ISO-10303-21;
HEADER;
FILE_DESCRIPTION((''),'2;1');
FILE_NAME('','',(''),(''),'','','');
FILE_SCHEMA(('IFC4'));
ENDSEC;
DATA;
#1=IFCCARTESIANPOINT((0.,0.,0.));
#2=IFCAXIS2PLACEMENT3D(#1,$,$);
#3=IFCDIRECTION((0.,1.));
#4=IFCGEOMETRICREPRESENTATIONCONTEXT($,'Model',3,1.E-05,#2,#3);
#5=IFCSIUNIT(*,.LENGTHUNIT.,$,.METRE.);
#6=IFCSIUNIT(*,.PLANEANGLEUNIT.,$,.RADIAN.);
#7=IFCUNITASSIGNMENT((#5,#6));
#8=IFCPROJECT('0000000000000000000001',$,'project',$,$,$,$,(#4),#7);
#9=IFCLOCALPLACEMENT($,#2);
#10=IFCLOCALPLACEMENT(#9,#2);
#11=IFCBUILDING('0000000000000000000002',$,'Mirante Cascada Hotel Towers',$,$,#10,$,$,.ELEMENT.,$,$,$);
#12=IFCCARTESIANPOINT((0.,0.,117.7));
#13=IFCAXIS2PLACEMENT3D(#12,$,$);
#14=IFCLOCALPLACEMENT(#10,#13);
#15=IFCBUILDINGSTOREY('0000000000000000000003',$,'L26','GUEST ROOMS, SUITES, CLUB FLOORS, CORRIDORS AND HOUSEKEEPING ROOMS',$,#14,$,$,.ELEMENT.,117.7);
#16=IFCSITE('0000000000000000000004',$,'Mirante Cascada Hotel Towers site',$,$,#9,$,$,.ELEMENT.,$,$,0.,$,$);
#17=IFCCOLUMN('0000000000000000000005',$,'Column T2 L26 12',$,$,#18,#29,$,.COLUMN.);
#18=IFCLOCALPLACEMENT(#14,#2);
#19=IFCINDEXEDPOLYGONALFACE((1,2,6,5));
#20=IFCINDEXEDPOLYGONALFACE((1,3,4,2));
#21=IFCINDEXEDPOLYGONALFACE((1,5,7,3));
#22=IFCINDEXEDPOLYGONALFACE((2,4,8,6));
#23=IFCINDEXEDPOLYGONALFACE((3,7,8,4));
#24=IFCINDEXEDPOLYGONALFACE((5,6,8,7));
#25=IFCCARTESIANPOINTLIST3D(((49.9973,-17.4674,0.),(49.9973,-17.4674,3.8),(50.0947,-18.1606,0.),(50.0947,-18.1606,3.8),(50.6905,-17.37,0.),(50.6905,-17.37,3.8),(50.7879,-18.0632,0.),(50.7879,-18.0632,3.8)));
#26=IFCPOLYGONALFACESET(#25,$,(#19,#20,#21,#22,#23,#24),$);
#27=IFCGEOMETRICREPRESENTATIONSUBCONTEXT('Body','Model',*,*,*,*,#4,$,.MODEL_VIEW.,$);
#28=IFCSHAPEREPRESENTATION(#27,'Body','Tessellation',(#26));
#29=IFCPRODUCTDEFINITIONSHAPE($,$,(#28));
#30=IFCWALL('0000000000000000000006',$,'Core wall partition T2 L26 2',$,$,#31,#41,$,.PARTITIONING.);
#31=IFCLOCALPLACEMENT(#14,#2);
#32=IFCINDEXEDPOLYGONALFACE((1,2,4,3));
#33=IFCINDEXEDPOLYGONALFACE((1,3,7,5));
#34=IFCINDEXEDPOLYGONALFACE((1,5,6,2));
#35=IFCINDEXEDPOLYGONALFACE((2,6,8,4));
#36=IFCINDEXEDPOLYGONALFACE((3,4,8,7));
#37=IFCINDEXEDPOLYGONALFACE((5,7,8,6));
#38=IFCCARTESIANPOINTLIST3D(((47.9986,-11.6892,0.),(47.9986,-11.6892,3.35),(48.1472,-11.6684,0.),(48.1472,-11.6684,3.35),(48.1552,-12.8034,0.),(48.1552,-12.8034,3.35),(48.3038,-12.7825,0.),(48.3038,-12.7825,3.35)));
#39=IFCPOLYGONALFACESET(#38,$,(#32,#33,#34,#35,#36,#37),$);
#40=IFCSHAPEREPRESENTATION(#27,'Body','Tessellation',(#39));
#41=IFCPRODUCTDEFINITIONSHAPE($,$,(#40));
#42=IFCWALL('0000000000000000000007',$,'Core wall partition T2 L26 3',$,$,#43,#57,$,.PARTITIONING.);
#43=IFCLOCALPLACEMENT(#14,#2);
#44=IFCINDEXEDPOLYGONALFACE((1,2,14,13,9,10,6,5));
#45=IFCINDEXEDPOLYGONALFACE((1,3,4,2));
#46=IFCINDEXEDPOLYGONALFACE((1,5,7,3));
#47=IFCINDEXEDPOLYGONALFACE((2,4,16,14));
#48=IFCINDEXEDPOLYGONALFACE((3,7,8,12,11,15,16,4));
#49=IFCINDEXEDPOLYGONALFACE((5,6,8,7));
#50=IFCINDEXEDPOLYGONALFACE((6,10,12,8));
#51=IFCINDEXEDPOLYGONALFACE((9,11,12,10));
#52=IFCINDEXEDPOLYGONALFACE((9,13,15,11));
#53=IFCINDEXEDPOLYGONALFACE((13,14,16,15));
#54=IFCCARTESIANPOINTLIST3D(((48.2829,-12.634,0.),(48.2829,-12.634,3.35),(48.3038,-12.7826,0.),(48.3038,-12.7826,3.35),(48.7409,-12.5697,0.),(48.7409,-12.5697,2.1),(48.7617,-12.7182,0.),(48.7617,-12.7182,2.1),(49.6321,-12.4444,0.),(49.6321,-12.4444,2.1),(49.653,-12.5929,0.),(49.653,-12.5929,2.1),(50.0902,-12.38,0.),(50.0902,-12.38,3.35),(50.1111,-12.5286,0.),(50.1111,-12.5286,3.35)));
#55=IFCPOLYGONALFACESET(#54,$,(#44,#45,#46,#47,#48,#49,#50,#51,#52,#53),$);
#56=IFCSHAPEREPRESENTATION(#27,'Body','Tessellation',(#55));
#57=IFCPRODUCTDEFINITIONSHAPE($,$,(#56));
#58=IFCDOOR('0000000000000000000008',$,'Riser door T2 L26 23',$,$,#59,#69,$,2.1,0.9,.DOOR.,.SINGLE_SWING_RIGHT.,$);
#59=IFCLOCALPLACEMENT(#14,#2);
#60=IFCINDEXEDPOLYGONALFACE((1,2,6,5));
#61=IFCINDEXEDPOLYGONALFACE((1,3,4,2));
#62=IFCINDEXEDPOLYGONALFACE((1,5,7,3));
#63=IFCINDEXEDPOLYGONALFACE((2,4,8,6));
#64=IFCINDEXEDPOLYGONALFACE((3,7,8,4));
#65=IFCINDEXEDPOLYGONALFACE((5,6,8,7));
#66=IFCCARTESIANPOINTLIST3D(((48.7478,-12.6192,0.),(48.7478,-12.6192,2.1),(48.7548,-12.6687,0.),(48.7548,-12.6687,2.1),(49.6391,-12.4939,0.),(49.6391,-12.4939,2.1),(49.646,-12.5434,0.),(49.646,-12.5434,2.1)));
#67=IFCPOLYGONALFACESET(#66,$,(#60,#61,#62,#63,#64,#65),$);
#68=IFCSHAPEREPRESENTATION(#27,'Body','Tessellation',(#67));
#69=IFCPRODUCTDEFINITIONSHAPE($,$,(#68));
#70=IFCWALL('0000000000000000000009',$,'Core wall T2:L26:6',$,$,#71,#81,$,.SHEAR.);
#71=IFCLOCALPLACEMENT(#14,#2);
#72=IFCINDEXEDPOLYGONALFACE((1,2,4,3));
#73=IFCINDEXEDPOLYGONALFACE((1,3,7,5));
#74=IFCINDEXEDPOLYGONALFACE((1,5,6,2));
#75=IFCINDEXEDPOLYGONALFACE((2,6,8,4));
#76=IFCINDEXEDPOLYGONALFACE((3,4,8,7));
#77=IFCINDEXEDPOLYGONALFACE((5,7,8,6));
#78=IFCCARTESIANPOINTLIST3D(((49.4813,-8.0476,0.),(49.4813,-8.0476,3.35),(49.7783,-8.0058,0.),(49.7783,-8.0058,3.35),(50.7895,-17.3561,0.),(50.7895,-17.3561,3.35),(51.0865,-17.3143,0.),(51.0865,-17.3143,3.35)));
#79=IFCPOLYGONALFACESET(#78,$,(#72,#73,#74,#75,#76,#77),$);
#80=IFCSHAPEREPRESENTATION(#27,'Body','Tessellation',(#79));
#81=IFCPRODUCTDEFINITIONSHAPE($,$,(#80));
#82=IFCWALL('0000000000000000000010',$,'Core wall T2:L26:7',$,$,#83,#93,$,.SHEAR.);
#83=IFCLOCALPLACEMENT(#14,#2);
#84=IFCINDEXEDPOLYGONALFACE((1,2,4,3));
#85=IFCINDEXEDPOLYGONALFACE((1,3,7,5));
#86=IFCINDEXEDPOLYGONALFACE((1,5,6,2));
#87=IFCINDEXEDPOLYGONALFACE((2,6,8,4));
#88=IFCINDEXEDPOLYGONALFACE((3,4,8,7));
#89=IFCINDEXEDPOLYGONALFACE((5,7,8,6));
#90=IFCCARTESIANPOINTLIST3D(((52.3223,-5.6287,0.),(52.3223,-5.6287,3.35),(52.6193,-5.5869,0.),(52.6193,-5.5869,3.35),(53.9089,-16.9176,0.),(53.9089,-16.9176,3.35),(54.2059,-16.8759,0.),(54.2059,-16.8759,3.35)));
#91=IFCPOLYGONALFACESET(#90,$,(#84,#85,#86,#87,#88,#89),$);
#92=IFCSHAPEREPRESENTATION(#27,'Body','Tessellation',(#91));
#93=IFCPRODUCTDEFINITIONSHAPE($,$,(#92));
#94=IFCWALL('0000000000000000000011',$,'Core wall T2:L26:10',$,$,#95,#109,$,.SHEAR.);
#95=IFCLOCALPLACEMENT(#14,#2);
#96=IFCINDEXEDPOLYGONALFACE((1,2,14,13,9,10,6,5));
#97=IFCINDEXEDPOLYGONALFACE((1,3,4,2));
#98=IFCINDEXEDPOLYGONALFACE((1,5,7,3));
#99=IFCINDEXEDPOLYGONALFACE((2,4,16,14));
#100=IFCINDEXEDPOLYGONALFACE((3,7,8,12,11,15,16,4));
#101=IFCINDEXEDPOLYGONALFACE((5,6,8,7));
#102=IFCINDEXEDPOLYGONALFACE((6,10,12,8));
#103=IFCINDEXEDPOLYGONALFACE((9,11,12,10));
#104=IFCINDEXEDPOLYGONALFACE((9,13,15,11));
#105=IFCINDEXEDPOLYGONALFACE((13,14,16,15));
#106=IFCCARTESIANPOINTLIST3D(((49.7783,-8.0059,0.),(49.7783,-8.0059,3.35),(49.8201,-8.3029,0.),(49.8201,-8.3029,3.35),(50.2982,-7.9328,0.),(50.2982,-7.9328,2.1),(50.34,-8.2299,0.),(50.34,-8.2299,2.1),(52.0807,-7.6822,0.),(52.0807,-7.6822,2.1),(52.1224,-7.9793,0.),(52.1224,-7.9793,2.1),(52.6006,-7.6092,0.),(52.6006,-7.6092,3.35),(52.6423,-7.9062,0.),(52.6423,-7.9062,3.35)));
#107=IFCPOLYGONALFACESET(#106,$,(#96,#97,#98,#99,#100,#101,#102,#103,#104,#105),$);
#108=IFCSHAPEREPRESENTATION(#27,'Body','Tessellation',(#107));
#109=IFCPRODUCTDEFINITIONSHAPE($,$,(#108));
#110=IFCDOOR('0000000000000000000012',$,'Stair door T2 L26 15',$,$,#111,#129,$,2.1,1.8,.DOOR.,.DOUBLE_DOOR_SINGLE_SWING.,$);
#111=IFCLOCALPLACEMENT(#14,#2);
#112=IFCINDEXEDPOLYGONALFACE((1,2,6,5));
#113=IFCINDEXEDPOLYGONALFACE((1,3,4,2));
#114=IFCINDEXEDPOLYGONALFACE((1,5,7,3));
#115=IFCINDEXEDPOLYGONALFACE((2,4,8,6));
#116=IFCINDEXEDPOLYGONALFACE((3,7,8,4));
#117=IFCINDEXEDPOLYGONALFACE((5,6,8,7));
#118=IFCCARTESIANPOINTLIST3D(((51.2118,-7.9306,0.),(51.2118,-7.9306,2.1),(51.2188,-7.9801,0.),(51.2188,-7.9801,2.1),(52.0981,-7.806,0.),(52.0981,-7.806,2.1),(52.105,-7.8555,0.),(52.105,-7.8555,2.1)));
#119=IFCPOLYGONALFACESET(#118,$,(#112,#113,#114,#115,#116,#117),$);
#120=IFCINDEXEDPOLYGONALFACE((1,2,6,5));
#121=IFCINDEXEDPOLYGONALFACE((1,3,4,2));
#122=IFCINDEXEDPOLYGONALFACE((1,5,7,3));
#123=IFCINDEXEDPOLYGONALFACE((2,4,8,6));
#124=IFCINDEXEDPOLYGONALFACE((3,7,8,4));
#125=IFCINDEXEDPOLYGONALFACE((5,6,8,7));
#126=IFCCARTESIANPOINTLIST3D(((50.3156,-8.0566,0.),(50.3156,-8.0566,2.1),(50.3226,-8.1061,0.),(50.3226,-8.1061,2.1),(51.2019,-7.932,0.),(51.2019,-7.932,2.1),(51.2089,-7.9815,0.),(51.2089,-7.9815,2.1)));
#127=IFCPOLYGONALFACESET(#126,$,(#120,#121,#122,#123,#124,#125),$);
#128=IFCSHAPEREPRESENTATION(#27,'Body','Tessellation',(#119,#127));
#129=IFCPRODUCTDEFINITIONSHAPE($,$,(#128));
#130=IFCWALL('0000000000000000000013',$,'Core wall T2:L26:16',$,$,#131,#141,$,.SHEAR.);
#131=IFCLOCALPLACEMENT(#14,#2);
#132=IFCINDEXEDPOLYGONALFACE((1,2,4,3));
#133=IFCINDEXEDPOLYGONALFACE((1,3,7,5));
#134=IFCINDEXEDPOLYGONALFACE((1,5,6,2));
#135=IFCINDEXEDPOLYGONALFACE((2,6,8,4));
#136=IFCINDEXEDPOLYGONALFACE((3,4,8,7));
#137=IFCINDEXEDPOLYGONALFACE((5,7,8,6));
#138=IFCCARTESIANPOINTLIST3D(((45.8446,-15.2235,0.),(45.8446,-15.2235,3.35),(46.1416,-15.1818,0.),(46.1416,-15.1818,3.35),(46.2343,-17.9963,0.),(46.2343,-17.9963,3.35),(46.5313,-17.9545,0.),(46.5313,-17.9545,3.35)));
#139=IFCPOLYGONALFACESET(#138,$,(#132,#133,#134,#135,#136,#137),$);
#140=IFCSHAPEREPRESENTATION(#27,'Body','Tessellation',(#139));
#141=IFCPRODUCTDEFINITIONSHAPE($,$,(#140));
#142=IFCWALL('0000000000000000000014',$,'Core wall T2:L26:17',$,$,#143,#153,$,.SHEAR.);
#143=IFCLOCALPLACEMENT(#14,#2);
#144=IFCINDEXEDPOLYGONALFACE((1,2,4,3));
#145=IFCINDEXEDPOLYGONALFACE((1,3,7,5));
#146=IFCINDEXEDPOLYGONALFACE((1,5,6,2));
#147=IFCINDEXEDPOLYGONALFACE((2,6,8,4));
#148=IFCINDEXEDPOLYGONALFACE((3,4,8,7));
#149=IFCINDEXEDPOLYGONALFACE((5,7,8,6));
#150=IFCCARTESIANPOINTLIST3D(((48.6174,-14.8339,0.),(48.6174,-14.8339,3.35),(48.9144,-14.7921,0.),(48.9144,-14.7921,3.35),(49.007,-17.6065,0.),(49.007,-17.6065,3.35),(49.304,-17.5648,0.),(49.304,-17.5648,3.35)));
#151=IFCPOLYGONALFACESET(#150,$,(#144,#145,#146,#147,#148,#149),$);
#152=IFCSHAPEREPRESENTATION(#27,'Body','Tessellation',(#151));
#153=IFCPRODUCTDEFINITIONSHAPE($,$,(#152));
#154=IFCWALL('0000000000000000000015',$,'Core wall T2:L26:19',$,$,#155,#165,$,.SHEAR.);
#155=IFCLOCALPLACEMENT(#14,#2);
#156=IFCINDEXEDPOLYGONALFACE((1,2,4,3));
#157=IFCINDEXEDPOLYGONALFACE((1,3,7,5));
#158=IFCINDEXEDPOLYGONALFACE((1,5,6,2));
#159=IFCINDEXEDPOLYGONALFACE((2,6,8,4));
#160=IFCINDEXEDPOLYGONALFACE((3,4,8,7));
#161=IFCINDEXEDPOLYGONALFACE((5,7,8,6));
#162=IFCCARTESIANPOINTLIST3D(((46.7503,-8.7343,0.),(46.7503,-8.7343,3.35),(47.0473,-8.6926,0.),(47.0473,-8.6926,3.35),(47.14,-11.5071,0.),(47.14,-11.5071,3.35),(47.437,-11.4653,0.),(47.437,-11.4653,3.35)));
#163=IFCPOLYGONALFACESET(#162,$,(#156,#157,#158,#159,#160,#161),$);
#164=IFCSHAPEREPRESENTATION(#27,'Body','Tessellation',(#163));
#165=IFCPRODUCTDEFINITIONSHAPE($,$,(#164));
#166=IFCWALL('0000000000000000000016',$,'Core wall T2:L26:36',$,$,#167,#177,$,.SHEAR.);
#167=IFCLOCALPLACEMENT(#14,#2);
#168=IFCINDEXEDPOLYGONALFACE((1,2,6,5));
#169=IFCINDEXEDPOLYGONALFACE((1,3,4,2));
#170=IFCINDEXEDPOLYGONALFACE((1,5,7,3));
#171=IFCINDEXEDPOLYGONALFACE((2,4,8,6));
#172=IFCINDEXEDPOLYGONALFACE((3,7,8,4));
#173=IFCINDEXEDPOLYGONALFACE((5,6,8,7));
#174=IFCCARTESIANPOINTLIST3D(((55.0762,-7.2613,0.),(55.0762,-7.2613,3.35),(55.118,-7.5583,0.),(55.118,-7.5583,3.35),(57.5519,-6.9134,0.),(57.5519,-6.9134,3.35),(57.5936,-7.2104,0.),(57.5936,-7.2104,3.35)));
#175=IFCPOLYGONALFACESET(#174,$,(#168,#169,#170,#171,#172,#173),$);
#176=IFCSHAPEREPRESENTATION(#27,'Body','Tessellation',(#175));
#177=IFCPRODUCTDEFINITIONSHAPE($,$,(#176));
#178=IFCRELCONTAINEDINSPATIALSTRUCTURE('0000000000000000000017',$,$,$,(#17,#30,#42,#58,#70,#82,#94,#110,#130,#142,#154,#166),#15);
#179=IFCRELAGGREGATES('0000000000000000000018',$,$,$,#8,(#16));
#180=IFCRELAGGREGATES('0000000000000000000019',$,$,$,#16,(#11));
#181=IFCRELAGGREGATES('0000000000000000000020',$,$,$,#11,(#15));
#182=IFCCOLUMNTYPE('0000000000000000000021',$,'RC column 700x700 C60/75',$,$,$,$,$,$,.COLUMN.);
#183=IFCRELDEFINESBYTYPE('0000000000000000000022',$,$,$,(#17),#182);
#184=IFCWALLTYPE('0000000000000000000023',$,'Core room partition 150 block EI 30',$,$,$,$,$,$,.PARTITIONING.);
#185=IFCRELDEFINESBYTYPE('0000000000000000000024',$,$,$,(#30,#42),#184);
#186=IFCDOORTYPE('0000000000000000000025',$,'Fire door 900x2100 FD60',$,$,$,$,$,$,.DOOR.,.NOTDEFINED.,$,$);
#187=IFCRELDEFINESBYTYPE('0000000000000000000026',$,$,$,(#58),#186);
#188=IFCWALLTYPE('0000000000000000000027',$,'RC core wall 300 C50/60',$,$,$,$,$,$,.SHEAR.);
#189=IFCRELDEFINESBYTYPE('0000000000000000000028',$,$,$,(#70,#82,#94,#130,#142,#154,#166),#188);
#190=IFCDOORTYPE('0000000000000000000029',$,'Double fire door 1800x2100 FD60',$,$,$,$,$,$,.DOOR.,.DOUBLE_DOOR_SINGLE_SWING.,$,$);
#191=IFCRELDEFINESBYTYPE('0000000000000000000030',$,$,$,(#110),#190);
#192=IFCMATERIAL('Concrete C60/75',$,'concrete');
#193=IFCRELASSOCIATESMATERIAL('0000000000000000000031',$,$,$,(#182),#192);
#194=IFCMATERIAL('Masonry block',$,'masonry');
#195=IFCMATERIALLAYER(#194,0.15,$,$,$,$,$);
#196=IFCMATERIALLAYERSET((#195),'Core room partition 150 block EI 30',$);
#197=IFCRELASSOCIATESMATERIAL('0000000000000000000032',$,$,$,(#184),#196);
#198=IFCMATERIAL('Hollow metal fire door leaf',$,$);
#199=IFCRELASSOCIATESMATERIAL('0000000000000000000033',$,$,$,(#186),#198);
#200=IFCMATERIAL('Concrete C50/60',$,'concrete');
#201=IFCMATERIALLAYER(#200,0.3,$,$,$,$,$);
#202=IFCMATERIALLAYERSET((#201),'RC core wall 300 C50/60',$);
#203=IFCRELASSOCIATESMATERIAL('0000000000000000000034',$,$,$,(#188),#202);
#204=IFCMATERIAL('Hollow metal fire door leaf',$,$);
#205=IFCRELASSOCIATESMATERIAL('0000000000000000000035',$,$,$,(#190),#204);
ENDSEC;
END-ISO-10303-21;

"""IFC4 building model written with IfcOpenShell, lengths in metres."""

from ifc_helpers import new_model, si_unit, direction, frame, frame_2d, origin, origin_2d, place, context, subcontext, project, spatial, rectangle, extrude, material, layer, layer_set, material_profile, profile_set, type_object, element, fill, save


model = new_model("IFC4")

# Units and contexts
model_context = context("Model", 3, precision=1e-05, world=origin(), true_north=direction((0.0, 1.0)))
body_context = subcontext(model_context, "Body", "Model", "MODEL_VIEW")
ifc_project = project(units=[si_unit("LENGTHUNIT", "METRE"), si_unit("PLANEANGLEUNIT", "RADIAN")], contexts=[model_context])

# Site, building, storey
site_placement = place(None, origin())
site = spatial("IfcSite", under=ifc_project, at=site_placement, Name="Mirante Cascada Hotel Towers site", CompositionType="ELEMENT", RefElevation=0.0)
building_placement = place(site_placement, origin())
building = spatial("IfcBuilding", under=site, at=building_placement, Name="Mirante Cascada Hotel Towers", CompositionType="ELEMENT")
storey_placement = place(building_placement, frame((0.0, 0.0, 117.7)))
storey = spatial("IfcBuildingStorey", under=building, at=storey_placement, Name="L26", Description="GUEST ROOMS, SUITES, CLUB FLOORS, CORRIDORS AND HOUSEKEEPING ROOMS", CompositionType="ELEMENT", Elevation=117.7)

# Column
ifc_material_1 = material(Name="Concrete C60/75", Category="concrete")
ifc_material_profile = material_profile(ifc_material_1, rectangle(XDim=0.7, YDim=0.7, at=origin_2d()), Name="RC column 700x700 C60/75")
ifc_profile_set = profile_set([ifc_material_profile], Name="Concrete C60/75")
column_type = type_object("IfcColumnType", Name="RC column 700x700 C60/75", PredefinedType="COLUMN", material=ifc_profile_set)
column_placement = place(storey_placement, frame((50.3926, -17.7653, 0.0), z_axis=(0.0, 0.0, 1.0), x_axis=(0.990268, 0.139173, 0.0)))
element("IfcColumn", 1, at=column_placement, inside=storey, type_object=column_type, Name="Column T2 L26 12", PredefinedType="COLUMN", context=body_context, shape_type="SweptSolid", body=[
    extrude(rectangle(XDim=0.7, YDim=0.7, at=origin_2d()), origin(), (0.0, 0.0, 1.0), 3.8),
])

# Wall
ifc_material_2 = material(Name="Masonry block", Category="masonry")
ifc_layer_1 = layer(ifc_material_2, 0.15)
ifc_layer_set_1 = layer_set([ifc_layer_1], Name="Core room partition 150 block EI 30")
wall_type_1 = type_object("IfcWallType", Name="Core room partition 150 block EI 30", PredefinedType="PARTITIONING", material=ifc_layer_set_1)
wall_1_placement = place(storey_placement, frame((48.2295, -12.793, 0.0), z_axis=(0.0, 0.0, 1.0), x_axis=(-0.139193, 0.990265, 0.0)))
element("IfcWall", 2, at=wall_1_placement, inside=storey, type_object=wall_type_1, Name="Core wall partition T2 L26 2", PredefinedType="PARTITIONING", context=body_context, shape_type="SweptSolid", body=[
    extrude(rectangle(XDim=1.1251, YDim=0.15, at=frame_2d((0.5626, 0.0))), origin(), (0.0, 0.0, 1.0), 3.35),
])

# Wall, opening, door
wall_2_placement = place(storey_placement, frame((48.2933, -12.7083, 0.0), z_axis=(0.0, 0.0, 1.0), x_axis=(0.990268, 0.139173, 0.0)))
wall_2 = element("IfcWall", 3, at=wall_2_placement, inside=storey, type_object=wall_type_1, Name="Core wall partition T2 L26 3", PredefinedType="PARTITIONING", context=body_context, shape_type="SweptSolid", body=[
    extrude(rectangle(XDim=1.8251, YDim=0.15, at=frame_2d((0.9126, 0.0))), origin(), (0.0, 0.0, 1.0), 3.35),
])
opening_1_placement = place(wall_2_placement, frame((0.4625, 0.0, 0.0)))
opening_1 = element("IfcOpeningElement", 4, at=opening_1_placement, cuts=wall_2, PredefinedType="OPENING", context=body_context, shape_type="SweptSolid", body=[
    extrude(rectangle(XDim=0.9, YDim=2.1, at=frame_2d((0.45, 1.05))), frame((0.0, 0.075, 0.0), z_axis=(0.0, -1.0, 0.0), x_axis=(1.0, 0.0, 0.0)), (0.0, 0.0, 1.0), 0.15),
])
ifc_material_3 = material(Name="Hollow metal fire door leaf")
door_type_1 = type_object("IfcDoorType", Name="Fire door 900x2100 FD60", OperationType="NOTDEFINED", PredefinedType="DOOR", material=ifc_material_3)
door_1_placement = place(opening_1_placement, frame((0.9, 0.0, 0.0), z_axis=(0.0, 0.0, 1.0), x_axis=(-1.0, 0.0, 0.0)))
door_1 = element("IfcDoor", 5, at=door_1_placement, inside=storey, type_object=door_type_1, Name="Riser door T2 L26 23", OperationType="SINGLE_SWING_RIGHT", OverallHeight=2.1, OverallWidth=0.9, PredefinedType="DOOR", context=body_context, shape_type="SweptSolid", body=[
    extrude(rectangle(XDim=0.9, YDim=2.1, at=frame_2d((0.45, 1.05))), frame((0.0, 0.025, 0.0), z_axis=(0.0, -1.0, 0.0), x_axis=(1.0, 0.0, 0.0)), (0.0, 0.0, 1.0), 0.05),
])
fill(opening_1, door_1)

# Walls
ifc_material_4 = material(Name="Concrete C50/60", Category="concrete")
ifc_layer_2 = layer(ifc_material_4, 0.3)
ifc_layer_set_2 = layer_set([ifc_layer_2], Name="RC core wall 300 C50/60")
wall_type_2 = type_object("IfcWallType", Name="RC core wall 300 C50/60", PredefinedType="SHEAR", material=ifc_layer_set_2)
wall_3_placement = place(storey_placement, frame((50.938, -17.3352, 0.0), z_axis=(0.0, 0.0, 1.0), x_axis=(-0.139171, 0.990268, 0.0)))
element("IfcWall", 6, at=wall_3_placement, inside=storey, type_object=wall_type_2, Name="Core wall T2:L26:6", PredefinedType="SHEAR", context=body_context, shape_type="SweptSolid", body=[
    extrude(rectangle(XDim=9.4, YDim=0.3, at=frame_2d((4.7, 0.0))), origin(), (0.0, 0.0, 1.0), 3.35),
])
wall_4_placement = place(storey_placement, frame((54.0574, -16.8968, 0.0), z_axis=(0.0, 0.0, 1.0), x_axis=(-0.139176, 0.990268, 0.0)))
element("IfcWall", 7, at=wall_4_placement, inside=storey, type_object=wall_type_2, Name="Core wall T2:L26:7", PredefinedType="SHEAR", context=body_context, shape_type="SweptSolid", body=[
    extrude(rectangle(XDim=11.3999, YDim=0.3, at=frame_2d((5.7, 0.0))), origin(), (0.0, 0.0, 1.0), 3.35),
])

# Wall, opening, door
wall_5_placement = place(storey_placement, frame((49.7992, -8.1544, 0.0), z_axis=(0.0, 0.0, 1.0), x_axis=(0.990266, 0.139191, 0.0)))
wall_5 = element("IfcWall", 8, at=wall_5_placement, inside=storey, type_object=wall_type_2, Name="Core wall T2:L26:10", PredefinedType="SHEAR", context=body_context, shape_type="SweptSolid", body=[
    extrude(rectangle(XDim=2.85, YDim=0.3, at=frame_2d((1.425, 0.0))), origin(), (0.0, 0.0, 1.0), 3.35),
])
opening_2_placement = place(wall_5_placement, frame((0.525, 0.0, 0.0)))
opening_2 = element("IfcOpeningElement", 9, at=opening_2_placement, cuts=wall_5, PredefinedType="OPENING", context=body_context, shape_type="SweptSolid", body=[
    extrude(rectangle(XDim=1.8, YDim=2.1, at=frame_2d((0.9, 1.05))), frame((0.0, 0.15, 0.0), z_axis=(0.0, -1.0, 0.0), x_axis=(1.0, 0.0, 0.0)), (0.0, 0.0, 1.0), 0.3),
])
ifc_material_5 = material(Name="Hollow metal fire door leaf")
door_type_2 = type_object("IfcDoorType", Name="Double fire door 1800x2100 FD60", OperationType="DOUBLE_DOOR_SINGLE_SWING", PredefinedType="DOOR", material=ifc_material_5)
door_2_placement = place(opening_2_placement, frame((1.8, 0.0, 0.0), z_axis=(0.0, 0.0, 1.0), x_axis=(-1.0, 0.0, 0.0)))
door_2 = element("IfcDoor", 10, at=door_2_placement, inside=storey, type_object=door_type_2, Name="Stair door T2 L26 15", OperationType="DOUBLE_DOOR_SINGLE_SWING", OverallHeight=2.1, OverallWidth=1.8, PredefinedType="DOOR", context=body_context, shape_type="SweptSolid", body=[
    extrude(rectangle(XDim=0.895, YDim=2.1, at=frame_2d((0.4475, 1.05))), frame((0.0, 0.025, 0.0), z_axis=(0.0, -1.0, 0.0), x_axis=(1.0, 0.0, 0.0)), (0.0, 0.0, 1.0), 0.05),
    extrude(rectangle(XDim=0.895, YDim=2.1, at=frame_2d((1.3525, 1.05))), frame((0.0, 0.025, 0.0), z_axis=(0.0, -1.0, 0.0), x_axis=(1.0, 0.0, 0.0)), (0.0, 0.0, 1.0), 0.05),
])
fill(opening_2, door_2)

# Walls
wall_6_placement = place(storey_placement, frame((46.3828, -17.9754, 0.0), z_axis=(0.0, 0.0, 1.0), x_axis=(-0.139181, 0.990267, 0.0)))
element("IfcWall", 11, at=wall_6_placement, inside=storey, type_object=wall_type_2, Name="Core wall T2:L26:16", PredefinedType="SHEAR", context=body_context, shape_type="SweptSolid", body=[
    extrude(rectangle(XDim=2.8, YDim=0.3, at=frame_2d((1.4, 0.0))), origin(), (0.0, 0.0, 1.0), 3.35),
])
wall_7_placement = place(storey_placement, frame((49.1555, -17.5857, 0.0), z_axis=(0.0, 0.0, 1.0), x_axis=(-0.139146, 0.990272, 0.0)))
element("IfcWall", 12, at=wall_7_placement, inside=storey, type_object=wall_type_2, Name="Core wall T2:L26:17", PredefinedType="SHEAR", context=body_context, shape_type="SweptSolid", body=[
    extrude(rectangle(XDim=2.7999, YDim=0.3, at=frame_2d((1.4, 0.0))), origin(), (0.0, 0.0, 1.0), 3.35),
])
wall_8_placement = place(storey_placement, frame((47.2885, -11.4862, 0.0), z_axis=(0.0, 0.0, 1.0), x_axis=(-0.139181, 0.990267, 0.0)))
element("IfcWall", 13, at=wall_8_placement, inside=storey, type_object=wall_type_2, Name="Core wall T2:L26:19", PredefinedType="SHEAR", context=body_context, shape_type="SweptSolid", body=[
    extrude(rectangle(XDim=2.8, YDim=0.3, at=frame_2d((1.4, 0.0))), origin(), (0.0, 0.0, 1.0), 3.35),
])

# Wall
wall_9_placement = place(storey_placement, frame((55.0971, -7.4098, 0.0), z_axis=(0.0, 0.0, 1.0), x_axis=(0.99027, 0.139159, 0.0)))
element("IfcWall", 14, at=wall_9_placement, inside=storey, type_object=wall_type_2, Name="Core wall T2:L26:36", PredefinedType="SHEAR", context=body_context, shape_type="SweptSolid", body=[
    extrude(rectangle(XDim=2.5, YDim=0.3, at=frame_2d((1.25, 0.0))), origin(), (0.0, 0.0, 1.0), 3.35),
])

save(model, "model.ifc")
